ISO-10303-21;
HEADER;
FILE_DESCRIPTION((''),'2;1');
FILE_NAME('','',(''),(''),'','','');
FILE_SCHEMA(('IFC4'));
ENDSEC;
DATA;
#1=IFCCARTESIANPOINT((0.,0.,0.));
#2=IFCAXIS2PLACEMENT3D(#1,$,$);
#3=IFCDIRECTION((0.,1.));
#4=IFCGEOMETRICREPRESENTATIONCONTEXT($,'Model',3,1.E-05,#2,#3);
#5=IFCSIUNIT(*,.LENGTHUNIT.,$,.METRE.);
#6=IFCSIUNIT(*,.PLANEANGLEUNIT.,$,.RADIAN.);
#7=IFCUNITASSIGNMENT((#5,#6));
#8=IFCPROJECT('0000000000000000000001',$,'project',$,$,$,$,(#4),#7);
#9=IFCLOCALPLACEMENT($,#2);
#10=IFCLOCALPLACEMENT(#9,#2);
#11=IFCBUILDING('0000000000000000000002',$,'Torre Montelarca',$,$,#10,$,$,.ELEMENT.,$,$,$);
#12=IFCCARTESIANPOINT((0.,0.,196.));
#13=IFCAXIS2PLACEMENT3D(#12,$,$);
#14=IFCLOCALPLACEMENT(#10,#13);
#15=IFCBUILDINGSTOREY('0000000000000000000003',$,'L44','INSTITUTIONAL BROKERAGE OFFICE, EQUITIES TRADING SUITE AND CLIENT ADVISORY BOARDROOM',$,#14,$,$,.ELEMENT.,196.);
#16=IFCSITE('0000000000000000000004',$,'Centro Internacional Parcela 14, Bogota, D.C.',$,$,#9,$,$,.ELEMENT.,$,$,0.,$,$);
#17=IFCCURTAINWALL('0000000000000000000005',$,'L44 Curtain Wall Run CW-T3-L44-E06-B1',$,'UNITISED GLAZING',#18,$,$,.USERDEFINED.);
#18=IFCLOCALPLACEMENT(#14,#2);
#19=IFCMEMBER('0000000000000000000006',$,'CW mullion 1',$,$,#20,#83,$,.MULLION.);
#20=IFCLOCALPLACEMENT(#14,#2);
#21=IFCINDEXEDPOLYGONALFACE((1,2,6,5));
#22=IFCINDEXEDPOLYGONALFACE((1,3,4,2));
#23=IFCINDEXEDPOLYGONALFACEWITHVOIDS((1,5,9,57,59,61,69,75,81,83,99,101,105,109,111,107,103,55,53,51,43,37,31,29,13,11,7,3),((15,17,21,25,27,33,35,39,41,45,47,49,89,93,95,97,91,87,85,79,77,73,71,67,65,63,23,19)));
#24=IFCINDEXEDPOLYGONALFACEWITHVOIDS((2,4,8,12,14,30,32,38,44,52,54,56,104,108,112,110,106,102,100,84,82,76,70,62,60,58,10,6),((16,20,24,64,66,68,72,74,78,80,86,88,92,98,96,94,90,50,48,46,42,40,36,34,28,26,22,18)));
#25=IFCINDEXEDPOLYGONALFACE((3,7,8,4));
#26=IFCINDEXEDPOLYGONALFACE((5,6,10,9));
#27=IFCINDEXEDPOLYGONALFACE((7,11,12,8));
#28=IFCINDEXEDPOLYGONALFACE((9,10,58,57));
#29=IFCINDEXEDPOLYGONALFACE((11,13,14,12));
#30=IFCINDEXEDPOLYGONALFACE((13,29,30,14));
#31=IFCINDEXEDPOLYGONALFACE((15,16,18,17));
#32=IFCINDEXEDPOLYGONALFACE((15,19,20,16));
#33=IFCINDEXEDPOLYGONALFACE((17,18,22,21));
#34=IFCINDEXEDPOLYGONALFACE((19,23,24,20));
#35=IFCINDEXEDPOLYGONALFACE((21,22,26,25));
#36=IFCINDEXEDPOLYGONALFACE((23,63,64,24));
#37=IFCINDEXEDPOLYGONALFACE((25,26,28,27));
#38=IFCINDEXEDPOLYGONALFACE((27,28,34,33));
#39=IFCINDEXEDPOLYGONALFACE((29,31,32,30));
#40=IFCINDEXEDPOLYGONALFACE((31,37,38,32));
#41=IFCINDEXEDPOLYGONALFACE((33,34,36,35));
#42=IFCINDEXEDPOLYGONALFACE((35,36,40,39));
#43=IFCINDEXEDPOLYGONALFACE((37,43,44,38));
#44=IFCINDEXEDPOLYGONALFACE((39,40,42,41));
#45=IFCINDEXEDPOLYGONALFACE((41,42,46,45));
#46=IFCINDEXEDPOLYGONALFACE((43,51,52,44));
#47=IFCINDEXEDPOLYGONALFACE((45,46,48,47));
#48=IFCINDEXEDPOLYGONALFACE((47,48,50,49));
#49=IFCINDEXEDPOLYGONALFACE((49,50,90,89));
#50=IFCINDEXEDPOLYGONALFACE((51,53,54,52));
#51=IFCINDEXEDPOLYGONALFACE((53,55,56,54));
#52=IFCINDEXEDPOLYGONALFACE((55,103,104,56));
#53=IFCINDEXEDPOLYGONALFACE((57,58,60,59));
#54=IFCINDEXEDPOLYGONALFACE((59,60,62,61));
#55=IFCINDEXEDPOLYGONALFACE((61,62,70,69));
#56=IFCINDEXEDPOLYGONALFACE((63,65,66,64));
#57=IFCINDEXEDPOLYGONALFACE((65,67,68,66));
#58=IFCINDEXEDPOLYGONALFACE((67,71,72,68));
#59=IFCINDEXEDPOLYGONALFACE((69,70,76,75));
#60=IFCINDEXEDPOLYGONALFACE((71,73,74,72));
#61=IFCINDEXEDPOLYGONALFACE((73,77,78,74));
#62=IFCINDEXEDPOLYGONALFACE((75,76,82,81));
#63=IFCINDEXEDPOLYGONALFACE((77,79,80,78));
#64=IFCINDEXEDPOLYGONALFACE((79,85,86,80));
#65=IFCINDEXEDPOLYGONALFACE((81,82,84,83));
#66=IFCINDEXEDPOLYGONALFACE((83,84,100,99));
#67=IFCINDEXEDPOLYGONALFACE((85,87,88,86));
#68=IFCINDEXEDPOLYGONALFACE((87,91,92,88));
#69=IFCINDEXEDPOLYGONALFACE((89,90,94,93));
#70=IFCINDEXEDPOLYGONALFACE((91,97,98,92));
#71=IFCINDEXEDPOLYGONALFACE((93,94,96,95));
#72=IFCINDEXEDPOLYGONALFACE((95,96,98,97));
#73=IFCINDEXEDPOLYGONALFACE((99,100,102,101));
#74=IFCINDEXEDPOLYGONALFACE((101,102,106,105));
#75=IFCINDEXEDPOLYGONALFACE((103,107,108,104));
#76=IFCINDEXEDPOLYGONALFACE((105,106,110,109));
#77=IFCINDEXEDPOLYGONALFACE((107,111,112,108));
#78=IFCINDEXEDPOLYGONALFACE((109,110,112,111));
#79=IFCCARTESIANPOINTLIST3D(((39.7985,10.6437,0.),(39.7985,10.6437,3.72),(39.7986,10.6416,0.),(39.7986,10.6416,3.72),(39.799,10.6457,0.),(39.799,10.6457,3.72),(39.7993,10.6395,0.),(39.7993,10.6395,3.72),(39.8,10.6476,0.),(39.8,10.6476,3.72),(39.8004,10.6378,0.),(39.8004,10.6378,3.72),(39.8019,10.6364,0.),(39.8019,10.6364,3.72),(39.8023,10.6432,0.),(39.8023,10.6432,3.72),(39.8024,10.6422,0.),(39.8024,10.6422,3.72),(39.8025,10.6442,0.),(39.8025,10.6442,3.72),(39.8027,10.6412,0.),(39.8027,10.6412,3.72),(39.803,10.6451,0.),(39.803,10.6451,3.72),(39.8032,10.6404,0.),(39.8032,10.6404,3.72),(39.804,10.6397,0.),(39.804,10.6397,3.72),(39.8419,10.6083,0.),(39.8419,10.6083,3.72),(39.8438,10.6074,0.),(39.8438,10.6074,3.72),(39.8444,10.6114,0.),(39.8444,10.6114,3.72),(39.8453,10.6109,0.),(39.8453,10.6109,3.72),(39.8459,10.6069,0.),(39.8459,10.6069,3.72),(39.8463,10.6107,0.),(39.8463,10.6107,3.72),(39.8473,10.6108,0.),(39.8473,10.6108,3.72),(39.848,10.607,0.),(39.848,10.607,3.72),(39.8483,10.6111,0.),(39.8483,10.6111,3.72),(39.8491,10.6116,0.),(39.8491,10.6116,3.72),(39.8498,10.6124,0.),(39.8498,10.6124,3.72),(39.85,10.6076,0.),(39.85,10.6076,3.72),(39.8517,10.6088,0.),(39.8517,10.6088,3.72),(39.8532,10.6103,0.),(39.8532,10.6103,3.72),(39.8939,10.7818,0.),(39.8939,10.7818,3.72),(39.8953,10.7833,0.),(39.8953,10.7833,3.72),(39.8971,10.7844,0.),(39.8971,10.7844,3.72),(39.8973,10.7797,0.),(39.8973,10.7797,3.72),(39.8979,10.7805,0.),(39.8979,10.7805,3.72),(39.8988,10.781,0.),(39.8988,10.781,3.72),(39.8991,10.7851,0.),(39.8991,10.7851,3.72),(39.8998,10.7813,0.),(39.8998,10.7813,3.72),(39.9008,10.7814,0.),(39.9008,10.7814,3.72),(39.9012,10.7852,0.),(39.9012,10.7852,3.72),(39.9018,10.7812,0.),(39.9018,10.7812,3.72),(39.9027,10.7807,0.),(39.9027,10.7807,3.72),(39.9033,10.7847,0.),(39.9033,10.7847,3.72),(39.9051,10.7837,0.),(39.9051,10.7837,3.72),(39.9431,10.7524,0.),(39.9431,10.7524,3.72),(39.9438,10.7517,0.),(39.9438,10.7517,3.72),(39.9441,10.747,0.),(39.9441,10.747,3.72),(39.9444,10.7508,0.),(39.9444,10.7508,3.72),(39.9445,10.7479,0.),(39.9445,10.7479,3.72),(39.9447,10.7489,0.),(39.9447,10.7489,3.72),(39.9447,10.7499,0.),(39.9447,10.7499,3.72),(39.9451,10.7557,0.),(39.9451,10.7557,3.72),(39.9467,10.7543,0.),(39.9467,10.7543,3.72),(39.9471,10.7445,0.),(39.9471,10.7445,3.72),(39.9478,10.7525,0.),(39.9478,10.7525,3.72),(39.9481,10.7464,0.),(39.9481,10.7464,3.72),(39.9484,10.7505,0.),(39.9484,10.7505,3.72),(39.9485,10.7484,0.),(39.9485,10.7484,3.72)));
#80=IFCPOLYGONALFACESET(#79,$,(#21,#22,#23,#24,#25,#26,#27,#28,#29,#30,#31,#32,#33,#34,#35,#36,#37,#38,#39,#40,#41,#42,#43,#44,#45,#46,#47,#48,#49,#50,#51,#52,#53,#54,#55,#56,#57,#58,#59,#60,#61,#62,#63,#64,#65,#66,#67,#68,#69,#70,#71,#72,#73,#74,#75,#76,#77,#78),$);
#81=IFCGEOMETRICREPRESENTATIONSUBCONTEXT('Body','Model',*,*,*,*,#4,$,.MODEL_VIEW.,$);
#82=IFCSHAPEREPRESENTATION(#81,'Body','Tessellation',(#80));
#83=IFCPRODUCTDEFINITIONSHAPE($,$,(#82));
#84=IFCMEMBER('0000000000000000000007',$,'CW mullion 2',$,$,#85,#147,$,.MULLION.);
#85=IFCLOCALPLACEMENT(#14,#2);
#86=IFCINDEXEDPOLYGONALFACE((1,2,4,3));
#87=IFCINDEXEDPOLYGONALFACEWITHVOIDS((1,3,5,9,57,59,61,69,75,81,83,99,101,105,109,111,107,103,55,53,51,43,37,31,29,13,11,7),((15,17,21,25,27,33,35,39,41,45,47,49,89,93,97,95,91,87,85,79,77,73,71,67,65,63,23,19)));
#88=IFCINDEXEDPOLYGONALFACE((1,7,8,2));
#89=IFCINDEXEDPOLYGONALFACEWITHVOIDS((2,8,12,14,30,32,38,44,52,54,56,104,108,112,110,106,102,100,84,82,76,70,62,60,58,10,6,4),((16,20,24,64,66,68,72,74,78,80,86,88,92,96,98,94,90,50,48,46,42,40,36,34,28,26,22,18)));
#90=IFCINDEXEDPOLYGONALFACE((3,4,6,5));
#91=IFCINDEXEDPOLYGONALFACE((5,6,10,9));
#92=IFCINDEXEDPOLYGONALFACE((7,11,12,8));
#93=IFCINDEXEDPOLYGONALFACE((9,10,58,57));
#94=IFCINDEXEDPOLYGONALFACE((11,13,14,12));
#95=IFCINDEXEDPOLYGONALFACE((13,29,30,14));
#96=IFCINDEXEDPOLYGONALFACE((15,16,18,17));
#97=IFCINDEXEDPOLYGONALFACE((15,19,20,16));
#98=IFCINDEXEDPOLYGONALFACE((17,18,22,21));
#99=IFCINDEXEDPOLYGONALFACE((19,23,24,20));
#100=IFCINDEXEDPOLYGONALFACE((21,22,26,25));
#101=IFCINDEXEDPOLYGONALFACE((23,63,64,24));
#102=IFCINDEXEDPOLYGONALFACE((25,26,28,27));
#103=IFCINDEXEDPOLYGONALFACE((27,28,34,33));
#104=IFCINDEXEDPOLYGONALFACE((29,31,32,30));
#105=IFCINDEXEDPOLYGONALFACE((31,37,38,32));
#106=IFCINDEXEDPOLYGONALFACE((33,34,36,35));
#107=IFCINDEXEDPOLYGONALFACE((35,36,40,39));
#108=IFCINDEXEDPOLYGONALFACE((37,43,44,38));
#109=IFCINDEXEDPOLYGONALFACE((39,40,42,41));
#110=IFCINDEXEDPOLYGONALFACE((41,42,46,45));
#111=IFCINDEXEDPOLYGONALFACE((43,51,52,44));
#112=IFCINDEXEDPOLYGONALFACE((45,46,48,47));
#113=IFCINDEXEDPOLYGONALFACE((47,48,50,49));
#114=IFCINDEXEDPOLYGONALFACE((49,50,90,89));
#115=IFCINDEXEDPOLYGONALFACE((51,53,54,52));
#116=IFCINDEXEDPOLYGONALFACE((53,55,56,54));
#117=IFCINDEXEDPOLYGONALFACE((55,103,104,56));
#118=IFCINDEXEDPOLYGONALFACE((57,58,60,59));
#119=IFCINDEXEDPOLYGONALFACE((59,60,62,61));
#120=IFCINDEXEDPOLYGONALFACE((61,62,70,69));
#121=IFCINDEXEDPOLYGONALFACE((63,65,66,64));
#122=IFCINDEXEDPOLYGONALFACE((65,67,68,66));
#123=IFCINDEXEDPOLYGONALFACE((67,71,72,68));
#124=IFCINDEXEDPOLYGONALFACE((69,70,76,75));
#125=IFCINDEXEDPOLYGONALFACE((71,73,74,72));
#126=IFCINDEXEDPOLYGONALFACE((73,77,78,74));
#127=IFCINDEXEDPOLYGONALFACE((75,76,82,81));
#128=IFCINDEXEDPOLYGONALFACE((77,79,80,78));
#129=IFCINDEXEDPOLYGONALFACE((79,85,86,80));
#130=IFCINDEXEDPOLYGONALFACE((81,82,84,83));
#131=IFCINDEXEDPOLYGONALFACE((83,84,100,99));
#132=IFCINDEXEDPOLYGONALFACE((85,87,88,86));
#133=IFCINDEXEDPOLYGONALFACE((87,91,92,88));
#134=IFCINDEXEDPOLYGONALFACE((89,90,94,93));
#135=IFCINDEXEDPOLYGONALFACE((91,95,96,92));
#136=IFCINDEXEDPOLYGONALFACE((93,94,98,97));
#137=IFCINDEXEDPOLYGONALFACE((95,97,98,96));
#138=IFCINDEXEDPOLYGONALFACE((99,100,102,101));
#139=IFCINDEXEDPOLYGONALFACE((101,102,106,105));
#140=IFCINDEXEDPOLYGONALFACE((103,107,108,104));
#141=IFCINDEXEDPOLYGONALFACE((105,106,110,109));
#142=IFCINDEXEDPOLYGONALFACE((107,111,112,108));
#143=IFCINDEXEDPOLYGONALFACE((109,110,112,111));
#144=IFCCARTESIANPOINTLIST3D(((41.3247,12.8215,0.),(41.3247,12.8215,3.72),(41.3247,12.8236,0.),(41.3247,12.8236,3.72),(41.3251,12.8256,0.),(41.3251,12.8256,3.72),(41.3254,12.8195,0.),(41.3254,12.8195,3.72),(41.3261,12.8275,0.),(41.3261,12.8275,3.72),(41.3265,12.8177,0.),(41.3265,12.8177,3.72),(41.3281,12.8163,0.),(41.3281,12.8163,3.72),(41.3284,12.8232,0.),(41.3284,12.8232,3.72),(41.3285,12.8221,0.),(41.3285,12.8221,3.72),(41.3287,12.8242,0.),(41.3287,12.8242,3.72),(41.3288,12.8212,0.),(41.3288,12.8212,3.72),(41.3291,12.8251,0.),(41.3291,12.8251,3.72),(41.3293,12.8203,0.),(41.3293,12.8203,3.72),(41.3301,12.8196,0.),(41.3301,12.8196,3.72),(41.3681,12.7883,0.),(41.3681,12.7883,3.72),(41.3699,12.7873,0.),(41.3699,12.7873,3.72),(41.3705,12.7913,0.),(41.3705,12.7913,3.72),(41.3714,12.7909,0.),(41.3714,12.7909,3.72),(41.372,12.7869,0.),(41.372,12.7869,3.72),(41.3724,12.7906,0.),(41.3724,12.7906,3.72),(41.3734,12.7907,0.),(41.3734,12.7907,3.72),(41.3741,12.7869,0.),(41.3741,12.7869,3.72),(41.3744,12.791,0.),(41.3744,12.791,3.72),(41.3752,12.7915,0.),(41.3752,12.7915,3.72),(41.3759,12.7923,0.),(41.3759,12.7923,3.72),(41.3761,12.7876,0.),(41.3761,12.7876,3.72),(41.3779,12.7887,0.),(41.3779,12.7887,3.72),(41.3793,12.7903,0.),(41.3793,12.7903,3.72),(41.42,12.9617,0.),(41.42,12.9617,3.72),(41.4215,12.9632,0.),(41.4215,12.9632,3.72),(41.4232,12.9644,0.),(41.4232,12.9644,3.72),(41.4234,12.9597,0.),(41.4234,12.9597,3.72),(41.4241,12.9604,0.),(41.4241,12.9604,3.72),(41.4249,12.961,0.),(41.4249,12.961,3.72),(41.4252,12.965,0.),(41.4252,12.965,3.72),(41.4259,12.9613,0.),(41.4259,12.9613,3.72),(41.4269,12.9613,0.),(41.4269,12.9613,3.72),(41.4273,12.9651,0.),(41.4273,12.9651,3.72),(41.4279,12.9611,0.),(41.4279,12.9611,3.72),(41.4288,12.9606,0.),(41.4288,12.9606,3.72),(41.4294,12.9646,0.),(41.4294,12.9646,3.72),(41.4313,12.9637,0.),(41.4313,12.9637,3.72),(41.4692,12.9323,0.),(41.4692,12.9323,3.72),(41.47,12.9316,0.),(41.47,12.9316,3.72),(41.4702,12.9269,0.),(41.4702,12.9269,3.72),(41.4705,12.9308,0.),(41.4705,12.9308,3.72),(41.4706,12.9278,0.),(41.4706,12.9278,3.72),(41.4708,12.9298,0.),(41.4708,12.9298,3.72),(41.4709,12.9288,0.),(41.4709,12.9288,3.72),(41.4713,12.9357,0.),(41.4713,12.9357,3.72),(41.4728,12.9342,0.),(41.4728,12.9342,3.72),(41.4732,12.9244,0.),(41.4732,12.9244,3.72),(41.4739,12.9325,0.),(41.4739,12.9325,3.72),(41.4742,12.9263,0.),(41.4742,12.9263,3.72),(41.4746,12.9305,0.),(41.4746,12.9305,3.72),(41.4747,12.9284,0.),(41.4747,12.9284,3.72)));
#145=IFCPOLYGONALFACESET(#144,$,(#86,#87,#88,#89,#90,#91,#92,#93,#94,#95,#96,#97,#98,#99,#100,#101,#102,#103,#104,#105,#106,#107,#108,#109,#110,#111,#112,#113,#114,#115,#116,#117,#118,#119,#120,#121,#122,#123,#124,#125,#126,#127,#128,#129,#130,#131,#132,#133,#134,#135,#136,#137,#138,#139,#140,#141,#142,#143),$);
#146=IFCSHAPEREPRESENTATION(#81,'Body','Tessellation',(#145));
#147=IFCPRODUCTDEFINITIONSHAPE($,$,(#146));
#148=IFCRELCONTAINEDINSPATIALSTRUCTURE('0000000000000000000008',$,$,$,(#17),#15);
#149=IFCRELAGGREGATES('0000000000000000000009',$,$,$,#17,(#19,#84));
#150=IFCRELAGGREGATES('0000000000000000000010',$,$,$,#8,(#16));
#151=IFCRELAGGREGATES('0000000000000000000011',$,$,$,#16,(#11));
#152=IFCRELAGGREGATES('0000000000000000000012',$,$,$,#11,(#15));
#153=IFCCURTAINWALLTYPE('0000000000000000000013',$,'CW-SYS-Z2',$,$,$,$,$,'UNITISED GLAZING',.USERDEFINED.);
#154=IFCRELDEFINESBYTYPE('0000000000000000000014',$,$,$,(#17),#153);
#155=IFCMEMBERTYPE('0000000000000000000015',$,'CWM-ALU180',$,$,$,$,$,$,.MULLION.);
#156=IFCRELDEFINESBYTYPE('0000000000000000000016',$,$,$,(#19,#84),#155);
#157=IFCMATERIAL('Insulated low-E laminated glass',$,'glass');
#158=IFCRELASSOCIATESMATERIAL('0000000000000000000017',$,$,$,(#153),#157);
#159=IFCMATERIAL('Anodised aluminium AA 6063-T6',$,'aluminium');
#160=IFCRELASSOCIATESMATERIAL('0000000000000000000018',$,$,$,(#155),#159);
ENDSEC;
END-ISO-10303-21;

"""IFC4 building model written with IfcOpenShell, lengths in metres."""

from ifc_helpers import new_model, si_unit, direction, frame, origin, origin_2d, place, context, subcontext, project, spatial, hollow_rectangle, extrude, source, transform, mapped, material, material_profile, profile_set, type_object, element, aggregate, save


model = new_model("IFC4")

# Units and contexts
model_context = context("Model", 3, precision=1e-05, world=origin(), true_north=direction((0.0, 1.0)))
body_context = subcontext(model_context, "Body", "Model", "MODEL_VIEW")
ifc_project = project(units=[si_unit("LENGTHUNIT", "METRE"), si_unit("PLANEANGLEUNIT", "RADIAN")], contexts=[model_context])

# Site, building, storey
site_placement = place(None, origin())
site = spatial("IfcSite", under=ifc_project, at=site_placement, Name="Centro Internacional Parcela 14, Bogota, D.C.", CompositionType="ELEMENT", RefElevation=0.0)
building_placement = place(site_placement, origin())
building = spatial("IfcBuilding", under=site, at=building_placement, Name="Torre Montelarca", CompositionType="ELEMENT")
storey_placement = place(building_placement, frame((0.0, 0.0, 196.0)))
storey = spatial("IfcBuildingStorey", under=building, at=storey_placement, Name="L44", Description="INSTITUTIONAL BROKERAGE OFFICE, EQUITIES TRADING SUITE AND CLIENT ADVISORY BOARDROOM", CompositionType="ELEMENT", Elevation=196.0)

# Shared definitions
ifc_material_1 = material(Name="Insulated low-E laminated glass", Category="glass")
curtain_wall_type = type_object("IfcCurtainWallType", Name="CW-SYS-Z2", ElementType="UNITISED GLAZING", PredefinedType="USERDEFINED", material=ifc_material_1)
ifc_material_2 = material(Name="Anodised aluminium AA 6063-T6", Category="aluminium")

# Shared definitions
ifc_material_profile_1 = material_profile(ifc_material_2, hollow_rectangle(XDim=0.0649, YDim=0.1799, WallThickness=0.0039, InnerFilletRadius=0.0039, OuterFilletRadius=0.0081, at=origin_2d()), Name="ALU65X180X4", Category="aluminium")
ifc_profile_set_1 = profile_set([ifc_material_profile_1], Name="Anodised aluminium AA 6063-T6")
member_type_1 = type_object("IfcMemberType", Name="CWM-ALU180", PredefinedType="MULLION", material=ifc_profile_set_1)
shared_shape_1 = source(origin(), body_context, "Body", "SweptSolid", [
    extrude(hollow_rectangle(XDim=0.0649, YDim=0.1799, WallThickness=0.0039, InnerFilletRadius=0.0039, OuterFilletRadius=0.0081, at=origin_2d()), origin(), (0.0, 0.0, 1.0), 3.72),
])

# Curtain wall, members
curtain_wall_1_placement = place(storey_placement, origin())
curtain_wall_1 = element("IfcCurtainWall", 1, at=curtain_wall_1_placement, inside=storey, type_object=curtain_wall_type, Name="L44 Curtain Wall Run CW-T3-L44-E06-B1", ObjectType="UNITISED GLAZING", PredefinedType="USERDEFINED")
member_1_placement = place(storey_placement, frame((39.8735, 10.696, 0.0), z_axis=(0.0, 0.0, 1.0), x_axis=(-0.819159, 0.573567, 0.0)))
member_1 = element("IfcMember", 2, at=member_1_placement, type_object=member_type_1, Name="CW mullion 1", PredefinedType="MULLION", context=body_context, shape_type="MappedRepresentation", body=[
    mapped(shared_shape_1, transform((0.0, 0.0, 0.0), scale=1.0)),
])
member_2_placement = place(storey_placement, frame((41.3997, 12.876, 0.0), z_axis=(0.0, 0.0, 1.0), x_axis=(-0.819159, 0.573567, 0.0)))
member_2 = element("IfcMember", 3, at=member_2_placement, type_object=member_type_1, Name="CW mullion 2", PredefinedType="MULLION", context=body_context, shape_type="MappedRepresentation", body=[
    mapped(shared_shape_1, transform((0.0, 0.0, 0.0), scale=1.0)),
])

aggregate(curtain_wall_1, [member_1, member_2])

save(model, "model.ifc")
